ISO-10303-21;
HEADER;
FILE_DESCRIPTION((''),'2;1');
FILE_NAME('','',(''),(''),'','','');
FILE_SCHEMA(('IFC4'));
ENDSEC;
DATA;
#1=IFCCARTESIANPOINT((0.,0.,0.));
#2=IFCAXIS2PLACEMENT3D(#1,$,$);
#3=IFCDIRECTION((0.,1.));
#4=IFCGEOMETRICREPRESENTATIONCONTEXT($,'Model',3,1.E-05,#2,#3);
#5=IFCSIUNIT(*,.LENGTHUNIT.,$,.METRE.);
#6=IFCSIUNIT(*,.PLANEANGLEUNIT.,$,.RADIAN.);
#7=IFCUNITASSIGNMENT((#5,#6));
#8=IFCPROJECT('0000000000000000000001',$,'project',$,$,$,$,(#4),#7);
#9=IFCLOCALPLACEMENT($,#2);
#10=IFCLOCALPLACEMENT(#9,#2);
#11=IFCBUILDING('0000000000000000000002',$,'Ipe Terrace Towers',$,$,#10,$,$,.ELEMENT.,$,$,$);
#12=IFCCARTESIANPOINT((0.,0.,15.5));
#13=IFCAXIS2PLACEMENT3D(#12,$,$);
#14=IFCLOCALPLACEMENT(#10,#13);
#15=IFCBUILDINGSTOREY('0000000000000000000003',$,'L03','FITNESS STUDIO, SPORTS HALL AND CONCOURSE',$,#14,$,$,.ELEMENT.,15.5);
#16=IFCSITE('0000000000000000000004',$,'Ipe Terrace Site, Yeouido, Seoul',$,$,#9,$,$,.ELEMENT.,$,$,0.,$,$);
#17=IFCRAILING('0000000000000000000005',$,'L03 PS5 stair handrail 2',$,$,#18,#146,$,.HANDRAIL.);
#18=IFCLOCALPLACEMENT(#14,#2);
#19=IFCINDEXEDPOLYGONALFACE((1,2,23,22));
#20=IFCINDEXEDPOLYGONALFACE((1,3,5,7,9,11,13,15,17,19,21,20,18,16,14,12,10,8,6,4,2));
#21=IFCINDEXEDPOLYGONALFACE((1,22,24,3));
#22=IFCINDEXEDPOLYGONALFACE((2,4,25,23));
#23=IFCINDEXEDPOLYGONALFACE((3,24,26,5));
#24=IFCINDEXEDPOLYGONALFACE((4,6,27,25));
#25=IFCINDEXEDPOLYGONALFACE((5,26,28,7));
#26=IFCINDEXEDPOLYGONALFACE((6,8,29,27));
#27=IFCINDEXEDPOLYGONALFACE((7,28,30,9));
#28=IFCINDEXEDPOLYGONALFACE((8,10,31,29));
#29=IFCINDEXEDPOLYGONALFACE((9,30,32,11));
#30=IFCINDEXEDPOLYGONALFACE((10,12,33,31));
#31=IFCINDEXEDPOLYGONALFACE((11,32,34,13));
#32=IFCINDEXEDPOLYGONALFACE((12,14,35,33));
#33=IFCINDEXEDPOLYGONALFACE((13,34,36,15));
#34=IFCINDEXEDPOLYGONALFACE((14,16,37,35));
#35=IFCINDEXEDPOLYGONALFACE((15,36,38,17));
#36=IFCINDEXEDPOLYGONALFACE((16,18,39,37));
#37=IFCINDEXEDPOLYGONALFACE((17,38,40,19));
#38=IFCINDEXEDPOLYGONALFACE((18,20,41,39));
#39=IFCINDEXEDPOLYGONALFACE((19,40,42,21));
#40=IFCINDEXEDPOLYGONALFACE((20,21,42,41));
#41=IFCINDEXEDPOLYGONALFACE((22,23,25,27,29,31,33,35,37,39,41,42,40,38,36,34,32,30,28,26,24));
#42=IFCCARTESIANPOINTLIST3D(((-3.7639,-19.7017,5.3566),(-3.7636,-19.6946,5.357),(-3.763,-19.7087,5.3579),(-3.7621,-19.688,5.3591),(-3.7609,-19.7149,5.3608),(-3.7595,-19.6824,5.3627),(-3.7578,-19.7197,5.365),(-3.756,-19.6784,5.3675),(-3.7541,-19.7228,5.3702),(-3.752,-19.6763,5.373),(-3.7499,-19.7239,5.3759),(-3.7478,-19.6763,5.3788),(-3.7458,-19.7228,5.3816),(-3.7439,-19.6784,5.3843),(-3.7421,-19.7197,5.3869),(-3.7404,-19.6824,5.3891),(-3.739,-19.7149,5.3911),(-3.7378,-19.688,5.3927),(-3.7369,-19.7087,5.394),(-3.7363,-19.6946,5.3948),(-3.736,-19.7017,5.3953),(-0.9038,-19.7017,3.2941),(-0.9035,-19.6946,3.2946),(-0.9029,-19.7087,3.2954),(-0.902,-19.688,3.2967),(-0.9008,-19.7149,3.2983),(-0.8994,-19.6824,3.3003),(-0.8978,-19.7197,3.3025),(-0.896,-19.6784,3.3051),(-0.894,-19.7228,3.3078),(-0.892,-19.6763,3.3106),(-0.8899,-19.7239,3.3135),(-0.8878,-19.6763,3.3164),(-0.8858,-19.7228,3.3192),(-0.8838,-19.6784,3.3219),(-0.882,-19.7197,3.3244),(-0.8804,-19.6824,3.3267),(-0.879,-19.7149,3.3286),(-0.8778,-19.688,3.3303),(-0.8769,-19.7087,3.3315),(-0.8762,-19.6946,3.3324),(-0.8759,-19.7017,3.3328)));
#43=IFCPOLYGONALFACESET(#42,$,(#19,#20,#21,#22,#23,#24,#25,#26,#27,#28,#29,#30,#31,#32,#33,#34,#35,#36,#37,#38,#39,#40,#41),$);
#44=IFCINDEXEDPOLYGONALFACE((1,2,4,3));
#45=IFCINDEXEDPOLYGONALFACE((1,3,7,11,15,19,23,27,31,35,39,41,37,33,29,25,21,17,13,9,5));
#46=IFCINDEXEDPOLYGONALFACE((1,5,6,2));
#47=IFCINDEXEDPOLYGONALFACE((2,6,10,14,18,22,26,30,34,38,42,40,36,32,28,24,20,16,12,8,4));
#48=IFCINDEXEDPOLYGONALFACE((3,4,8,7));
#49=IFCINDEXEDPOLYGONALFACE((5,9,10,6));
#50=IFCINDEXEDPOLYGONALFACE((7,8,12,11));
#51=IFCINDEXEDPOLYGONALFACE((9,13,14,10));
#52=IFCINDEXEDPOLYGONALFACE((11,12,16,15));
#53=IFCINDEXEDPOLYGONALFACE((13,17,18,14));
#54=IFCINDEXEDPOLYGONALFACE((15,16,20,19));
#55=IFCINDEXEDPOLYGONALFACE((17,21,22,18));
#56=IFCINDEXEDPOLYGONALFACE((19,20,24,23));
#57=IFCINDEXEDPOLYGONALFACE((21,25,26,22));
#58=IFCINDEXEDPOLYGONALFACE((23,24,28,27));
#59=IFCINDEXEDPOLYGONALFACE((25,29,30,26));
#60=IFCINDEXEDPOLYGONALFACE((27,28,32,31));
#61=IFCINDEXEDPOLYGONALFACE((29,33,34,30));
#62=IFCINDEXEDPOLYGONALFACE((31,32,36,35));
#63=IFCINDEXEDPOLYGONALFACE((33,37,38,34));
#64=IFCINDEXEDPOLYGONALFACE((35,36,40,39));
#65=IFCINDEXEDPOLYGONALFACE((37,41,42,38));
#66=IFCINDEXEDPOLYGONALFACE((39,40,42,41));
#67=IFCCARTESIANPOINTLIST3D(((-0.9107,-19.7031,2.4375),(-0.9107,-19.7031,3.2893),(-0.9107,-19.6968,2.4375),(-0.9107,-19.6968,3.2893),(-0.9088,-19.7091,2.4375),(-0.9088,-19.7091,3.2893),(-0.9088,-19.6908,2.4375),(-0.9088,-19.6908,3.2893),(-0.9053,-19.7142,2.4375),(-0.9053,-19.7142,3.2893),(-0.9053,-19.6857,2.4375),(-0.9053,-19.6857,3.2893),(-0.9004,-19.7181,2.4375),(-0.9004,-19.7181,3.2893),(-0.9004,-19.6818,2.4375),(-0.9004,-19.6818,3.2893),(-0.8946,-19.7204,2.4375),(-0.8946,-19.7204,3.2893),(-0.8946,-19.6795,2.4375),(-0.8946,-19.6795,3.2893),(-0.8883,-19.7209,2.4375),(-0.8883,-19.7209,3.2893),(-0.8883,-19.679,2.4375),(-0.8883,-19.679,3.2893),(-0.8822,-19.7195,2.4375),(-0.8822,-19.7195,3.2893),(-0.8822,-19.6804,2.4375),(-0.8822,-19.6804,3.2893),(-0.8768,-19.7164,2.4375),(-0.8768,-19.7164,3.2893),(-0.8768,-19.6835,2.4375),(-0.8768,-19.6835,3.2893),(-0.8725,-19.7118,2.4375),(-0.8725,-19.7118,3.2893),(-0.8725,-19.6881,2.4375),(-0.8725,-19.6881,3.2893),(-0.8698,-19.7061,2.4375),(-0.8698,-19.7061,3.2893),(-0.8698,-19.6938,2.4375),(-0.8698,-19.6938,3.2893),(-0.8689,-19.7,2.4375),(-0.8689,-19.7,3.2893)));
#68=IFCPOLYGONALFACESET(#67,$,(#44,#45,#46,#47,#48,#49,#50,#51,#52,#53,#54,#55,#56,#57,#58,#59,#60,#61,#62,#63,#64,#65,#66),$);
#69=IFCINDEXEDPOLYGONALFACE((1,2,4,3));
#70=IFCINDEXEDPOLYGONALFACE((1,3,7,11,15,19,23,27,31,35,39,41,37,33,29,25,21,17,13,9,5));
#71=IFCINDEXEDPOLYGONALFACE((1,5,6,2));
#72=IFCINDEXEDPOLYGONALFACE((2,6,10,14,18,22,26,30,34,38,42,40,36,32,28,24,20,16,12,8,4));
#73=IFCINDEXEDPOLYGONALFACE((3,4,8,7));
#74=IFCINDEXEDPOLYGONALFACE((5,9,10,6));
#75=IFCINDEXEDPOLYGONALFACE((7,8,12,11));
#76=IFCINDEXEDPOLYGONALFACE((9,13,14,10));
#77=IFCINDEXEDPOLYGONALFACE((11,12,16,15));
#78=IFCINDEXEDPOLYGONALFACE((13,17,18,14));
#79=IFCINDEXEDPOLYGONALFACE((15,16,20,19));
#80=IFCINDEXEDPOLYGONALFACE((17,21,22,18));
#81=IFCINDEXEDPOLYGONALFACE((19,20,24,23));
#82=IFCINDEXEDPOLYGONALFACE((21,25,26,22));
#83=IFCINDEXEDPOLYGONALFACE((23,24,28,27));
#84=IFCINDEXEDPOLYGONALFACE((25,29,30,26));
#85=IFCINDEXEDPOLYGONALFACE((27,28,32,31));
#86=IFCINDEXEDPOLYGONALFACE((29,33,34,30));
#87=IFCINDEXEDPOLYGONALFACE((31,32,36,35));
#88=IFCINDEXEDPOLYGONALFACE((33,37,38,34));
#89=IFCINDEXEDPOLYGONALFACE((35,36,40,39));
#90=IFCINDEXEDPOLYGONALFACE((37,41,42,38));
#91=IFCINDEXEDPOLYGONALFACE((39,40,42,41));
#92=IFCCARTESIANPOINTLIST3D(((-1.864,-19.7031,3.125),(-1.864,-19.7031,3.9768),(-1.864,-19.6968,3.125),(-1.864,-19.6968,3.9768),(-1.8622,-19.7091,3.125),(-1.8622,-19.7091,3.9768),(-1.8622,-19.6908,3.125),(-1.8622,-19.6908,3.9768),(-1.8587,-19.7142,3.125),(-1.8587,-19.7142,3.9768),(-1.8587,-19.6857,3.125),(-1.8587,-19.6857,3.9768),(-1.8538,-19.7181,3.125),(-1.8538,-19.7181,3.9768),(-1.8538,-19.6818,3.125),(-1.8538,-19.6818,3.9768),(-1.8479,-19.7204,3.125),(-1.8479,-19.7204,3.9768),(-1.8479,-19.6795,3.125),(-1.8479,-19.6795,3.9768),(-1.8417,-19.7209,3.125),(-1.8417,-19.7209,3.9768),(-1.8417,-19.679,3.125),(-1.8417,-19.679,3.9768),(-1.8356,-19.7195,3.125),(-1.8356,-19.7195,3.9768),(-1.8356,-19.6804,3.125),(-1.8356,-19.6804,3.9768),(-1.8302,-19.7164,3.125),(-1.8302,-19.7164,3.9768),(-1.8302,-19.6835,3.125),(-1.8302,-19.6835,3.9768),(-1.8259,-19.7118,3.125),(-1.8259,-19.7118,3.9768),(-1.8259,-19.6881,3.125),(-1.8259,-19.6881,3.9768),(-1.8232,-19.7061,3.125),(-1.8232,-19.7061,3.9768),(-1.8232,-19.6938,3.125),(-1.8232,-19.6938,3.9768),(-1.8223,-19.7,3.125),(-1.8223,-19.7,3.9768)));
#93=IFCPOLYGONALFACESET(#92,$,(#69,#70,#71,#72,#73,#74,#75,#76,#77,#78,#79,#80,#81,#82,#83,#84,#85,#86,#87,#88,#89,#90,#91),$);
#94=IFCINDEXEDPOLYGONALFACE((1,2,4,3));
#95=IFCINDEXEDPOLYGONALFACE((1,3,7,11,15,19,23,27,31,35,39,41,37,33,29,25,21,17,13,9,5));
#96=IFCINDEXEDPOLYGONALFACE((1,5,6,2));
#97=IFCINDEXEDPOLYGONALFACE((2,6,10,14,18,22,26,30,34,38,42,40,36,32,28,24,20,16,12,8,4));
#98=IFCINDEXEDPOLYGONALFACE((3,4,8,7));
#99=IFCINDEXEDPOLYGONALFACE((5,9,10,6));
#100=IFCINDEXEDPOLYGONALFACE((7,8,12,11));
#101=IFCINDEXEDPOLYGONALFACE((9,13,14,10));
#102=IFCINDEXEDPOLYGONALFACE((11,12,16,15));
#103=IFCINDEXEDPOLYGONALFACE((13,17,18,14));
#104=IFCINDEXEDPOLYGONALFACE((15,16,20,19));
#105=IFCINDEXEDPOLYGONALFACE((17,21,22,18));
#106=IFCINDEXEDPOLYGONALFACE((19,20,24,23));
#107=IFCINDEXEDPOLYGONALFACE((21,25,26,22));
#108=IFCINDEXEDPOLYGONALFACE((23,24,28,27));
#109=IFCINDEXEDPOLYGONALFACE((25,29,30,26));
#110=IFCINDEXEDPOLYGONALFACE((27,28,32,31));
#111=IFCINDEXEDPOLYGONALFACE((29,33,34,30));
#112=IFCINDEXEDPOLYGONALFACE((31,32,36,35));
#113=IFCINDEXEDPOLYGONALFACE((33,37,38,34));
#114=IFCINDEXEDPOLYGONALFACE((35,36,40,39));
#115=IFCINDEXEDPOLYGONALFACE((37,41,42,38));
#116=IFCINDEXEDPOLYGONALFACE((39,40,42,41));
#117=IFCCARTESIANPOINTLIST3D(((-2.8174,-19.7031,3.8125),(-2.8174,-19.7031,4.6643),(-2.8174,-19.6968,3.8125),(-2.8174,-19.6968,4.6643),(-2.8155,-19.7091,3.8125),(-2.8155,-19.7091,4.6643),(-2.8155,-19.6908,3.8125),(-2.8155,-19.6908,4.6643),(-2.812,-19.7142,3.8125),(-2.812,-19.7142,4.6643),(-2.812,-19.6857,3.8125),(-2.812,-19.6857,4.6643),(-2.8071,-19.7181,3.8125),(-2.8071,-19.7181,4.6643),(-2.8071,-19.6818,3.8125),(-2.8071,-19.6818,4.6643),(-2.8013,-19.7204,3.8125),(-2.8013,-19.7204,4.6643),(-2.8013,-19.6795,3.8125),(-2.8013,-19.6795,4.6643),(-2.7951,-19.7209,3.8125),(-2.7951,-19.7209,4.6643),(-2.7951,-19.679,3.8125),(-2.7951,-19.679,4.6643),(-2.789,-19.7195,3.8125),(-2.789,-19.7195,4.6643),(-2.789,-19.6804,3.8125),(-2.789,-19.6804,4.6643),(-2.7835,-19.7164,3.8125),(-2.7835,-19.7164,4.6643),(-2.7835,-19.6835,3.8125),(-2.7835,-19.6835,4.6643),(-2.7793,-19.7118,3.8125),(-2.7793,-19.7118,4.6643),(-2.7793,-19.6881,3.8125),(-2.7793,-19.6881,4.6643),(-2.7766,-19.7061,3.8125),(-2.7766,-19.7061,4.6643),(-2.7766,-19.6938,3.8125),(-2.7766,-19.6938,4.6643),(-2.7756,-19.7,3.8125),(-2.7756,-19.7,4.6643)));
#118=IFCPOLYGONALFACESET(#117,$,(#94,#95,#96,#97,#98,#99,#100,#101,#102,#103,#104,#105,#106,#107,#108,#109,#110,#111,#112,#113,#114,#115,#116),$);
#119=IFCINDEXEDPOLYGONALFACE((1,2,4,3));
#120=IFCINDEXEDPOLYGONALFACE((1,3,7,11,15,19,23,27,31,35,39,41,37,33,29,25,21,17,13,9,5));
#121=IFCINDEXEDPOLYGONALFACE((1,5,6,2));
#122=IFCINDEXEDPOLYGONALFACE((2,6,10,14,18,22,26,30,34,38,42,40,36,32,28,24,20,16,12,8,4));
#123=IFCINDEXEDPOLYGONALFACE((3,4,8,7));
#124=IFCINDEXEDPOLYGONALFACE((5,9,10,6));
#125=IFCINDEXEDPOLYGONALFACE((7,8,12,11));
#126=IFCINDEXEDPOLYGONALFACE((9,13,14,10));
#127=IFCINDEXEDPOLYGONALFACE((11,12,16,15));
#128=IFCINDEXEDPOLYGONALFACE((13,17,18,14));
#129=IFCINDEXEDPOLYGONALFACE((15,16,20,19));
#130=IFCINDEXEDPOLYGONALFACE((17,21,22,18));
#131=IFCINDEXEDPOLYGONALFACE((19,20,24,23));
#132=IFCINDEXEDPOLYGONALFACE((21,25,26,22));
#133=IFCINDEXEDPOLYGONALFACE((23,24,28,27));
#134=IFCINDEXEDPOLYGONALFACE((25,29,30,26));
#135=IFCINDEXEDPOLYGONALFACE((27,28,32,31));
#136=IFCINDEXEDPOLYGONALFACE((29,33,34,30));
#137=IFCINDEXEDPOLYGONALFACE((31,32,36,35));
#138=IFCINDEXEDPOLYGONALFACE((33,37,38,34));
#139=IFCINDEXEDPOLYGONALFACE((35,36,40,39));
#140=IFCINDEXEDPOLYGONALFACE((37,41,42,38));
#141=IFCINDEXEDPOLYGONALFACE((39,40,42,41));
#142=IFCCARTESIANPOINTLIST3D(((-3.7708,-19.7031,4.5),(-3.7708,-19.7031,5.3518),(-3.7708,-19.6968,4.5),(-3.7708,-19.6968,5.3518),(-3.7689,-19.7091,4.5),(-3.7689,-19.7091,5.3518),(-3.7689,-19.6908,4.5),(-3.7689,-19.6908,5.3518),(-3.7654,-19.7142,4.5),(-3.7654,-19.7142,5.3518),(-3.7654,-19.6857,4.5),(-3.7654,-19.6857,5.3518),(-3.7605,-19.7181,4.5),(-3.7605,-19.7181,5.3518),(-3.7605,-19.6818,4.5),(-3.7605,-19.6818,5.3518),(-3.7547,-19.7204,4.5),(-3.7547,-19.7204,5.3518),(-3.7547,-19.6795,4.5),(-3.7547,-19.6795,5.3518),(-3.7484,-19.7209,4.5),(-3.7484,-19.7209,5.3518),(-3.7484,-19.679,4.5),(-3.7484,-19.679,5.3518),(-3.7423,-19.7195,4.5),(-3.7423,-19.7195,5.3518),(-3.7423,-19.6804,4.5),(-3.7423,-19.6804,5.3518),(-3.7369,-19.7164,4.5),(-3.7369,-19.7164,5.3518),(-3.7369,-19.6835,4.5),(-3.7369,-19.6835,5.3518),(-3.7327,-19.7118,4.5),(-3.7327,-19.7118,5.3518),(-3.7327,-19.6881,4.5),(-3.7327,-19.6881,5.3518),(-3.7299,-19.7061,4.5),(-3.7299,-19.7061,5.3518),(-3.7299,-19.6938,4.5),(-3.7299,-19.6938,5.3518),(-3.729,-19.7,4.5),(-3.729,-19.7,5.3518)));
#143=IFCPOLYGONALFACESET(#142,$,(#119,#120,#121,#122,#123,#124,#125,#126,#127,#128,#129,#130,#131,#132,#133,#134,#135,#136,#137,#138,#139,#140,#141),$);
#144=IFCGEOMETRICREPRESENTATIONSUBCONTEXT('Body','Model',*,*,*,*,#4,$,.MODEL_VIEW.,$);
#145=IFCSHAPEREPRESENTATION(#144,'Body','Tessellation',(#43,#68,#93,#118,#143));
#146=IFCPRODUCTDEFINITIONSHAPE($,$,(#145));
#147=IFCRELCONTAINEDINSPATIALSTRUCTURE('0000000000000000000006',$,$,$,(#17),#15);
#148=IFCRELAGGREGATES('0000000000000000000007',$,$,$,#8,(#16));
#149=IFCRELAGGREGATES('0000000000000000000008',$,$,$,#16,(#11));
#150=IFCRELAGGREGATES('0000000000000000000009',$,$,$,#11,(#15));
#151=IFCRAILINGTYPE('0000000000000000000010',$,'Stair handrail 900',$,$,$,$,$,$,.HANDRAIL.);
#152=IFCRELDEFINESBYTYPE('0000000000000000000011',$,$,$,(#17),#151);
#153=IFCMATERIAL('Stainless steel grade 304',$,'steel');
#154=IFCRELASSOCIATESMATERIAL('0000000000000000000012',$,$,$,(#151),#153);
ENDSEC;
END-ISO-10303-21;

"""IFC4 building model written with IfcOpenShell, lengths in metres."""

from ifc_helpers import new_model, si_unit, direction, frame, origin, origin_2d, place, context, subcontext, project, spatial, circle, extrude, material, type_object, element, save


model = new_model("IFC4")

# Units and contexts
model_context = context("Model", 3, precision=1e-05, world=origin(), true_north=direction((0.0, 1.0)))
body_context = subcontext(model_context, "Body", "Model", "MODEL_VIEW")
ifc_project = project(units=[si_unit("LENGTHUNIT", "METRE"), si_unit("PLANEANGLEUNIT", "RADIAN")], contexts=[model_context])

# Site, building, storey
site_placement = place(None, origin())
site = spatial("IfcSite", under=ifc_project, at=site_placement, Name="Ipe Terrace Site, Yeouido, Seoul", CompositionType="ELEMENT", RefElevation=0.0)
building_placement = place(site_placement, origin())
building = spatial("IfcBuilding", under=site, at=building_placement, Name="Ipe Terrace Towers", CompositionType="ELEMENT")
storey_placement = place(building_placement, frame((0.0, 0.0, 15.5)))
storey = spatial("IfcBuildingStorey", under=building, at=storey_placement, Name="L03", Description="FITNESS STUDIO, SPORTS HALL AND CONCOURSE", CompositionType="ELEMENT", Elevation=15.5)

# Railing
ifc_material_1 = material(Name="Stainless steel grade 304", Category="steel")
railing_type_1 = type_object("IfcRailingType", Name="Stair handrail 900", PredefinedType="HANDRAIL", material=ifc_material_1)
railing_1_placement = place(storey_placement, frame((-0.8899, -19.7, 2.4375)))
element("IfcRailing", 1, at=railing_1_placement, inside=storey, type_object=railing_type_1, Name="L03 PS5 stair handrail 2", PredefinedType="HANDRAIL", context=body_context, shape_type="SweptSolid", body=[
    extrude(circle(Radius=0.0239, at=origin_2d()), frame((0.0, 0.0, 0.876), z_axis=(-0.811101, 0.0, 0.584906), x_axis=(0.0, -1.0, 0.0)), (0.0, 0.0, 1.0), 3.5261),
    extrude(circle(Radius=0.021, at=origin_2d()), origin(), (0.0, 0.0, 1.0), 0.8518),
    extrude(circle(Radius=0.021, at=origin_2d()), frame((-0.9534, 0.0, 0.6875)), (0.0, 0.0, 1.0), 0.8518),
    extrude(circle(Radius=0.021, at=origin_2d()), frame((-1.9067, 0.0, 1.375)), (0.0, 0.0, 1.0), 0.8518),
    extrude(circle(Radius=0.021, at=origin_2d()), frame((-2.8601, 0.0, 2.0625)), (0.0, 0.0, 1.0), 0.8518),
])

save(model, "model.ifc")
